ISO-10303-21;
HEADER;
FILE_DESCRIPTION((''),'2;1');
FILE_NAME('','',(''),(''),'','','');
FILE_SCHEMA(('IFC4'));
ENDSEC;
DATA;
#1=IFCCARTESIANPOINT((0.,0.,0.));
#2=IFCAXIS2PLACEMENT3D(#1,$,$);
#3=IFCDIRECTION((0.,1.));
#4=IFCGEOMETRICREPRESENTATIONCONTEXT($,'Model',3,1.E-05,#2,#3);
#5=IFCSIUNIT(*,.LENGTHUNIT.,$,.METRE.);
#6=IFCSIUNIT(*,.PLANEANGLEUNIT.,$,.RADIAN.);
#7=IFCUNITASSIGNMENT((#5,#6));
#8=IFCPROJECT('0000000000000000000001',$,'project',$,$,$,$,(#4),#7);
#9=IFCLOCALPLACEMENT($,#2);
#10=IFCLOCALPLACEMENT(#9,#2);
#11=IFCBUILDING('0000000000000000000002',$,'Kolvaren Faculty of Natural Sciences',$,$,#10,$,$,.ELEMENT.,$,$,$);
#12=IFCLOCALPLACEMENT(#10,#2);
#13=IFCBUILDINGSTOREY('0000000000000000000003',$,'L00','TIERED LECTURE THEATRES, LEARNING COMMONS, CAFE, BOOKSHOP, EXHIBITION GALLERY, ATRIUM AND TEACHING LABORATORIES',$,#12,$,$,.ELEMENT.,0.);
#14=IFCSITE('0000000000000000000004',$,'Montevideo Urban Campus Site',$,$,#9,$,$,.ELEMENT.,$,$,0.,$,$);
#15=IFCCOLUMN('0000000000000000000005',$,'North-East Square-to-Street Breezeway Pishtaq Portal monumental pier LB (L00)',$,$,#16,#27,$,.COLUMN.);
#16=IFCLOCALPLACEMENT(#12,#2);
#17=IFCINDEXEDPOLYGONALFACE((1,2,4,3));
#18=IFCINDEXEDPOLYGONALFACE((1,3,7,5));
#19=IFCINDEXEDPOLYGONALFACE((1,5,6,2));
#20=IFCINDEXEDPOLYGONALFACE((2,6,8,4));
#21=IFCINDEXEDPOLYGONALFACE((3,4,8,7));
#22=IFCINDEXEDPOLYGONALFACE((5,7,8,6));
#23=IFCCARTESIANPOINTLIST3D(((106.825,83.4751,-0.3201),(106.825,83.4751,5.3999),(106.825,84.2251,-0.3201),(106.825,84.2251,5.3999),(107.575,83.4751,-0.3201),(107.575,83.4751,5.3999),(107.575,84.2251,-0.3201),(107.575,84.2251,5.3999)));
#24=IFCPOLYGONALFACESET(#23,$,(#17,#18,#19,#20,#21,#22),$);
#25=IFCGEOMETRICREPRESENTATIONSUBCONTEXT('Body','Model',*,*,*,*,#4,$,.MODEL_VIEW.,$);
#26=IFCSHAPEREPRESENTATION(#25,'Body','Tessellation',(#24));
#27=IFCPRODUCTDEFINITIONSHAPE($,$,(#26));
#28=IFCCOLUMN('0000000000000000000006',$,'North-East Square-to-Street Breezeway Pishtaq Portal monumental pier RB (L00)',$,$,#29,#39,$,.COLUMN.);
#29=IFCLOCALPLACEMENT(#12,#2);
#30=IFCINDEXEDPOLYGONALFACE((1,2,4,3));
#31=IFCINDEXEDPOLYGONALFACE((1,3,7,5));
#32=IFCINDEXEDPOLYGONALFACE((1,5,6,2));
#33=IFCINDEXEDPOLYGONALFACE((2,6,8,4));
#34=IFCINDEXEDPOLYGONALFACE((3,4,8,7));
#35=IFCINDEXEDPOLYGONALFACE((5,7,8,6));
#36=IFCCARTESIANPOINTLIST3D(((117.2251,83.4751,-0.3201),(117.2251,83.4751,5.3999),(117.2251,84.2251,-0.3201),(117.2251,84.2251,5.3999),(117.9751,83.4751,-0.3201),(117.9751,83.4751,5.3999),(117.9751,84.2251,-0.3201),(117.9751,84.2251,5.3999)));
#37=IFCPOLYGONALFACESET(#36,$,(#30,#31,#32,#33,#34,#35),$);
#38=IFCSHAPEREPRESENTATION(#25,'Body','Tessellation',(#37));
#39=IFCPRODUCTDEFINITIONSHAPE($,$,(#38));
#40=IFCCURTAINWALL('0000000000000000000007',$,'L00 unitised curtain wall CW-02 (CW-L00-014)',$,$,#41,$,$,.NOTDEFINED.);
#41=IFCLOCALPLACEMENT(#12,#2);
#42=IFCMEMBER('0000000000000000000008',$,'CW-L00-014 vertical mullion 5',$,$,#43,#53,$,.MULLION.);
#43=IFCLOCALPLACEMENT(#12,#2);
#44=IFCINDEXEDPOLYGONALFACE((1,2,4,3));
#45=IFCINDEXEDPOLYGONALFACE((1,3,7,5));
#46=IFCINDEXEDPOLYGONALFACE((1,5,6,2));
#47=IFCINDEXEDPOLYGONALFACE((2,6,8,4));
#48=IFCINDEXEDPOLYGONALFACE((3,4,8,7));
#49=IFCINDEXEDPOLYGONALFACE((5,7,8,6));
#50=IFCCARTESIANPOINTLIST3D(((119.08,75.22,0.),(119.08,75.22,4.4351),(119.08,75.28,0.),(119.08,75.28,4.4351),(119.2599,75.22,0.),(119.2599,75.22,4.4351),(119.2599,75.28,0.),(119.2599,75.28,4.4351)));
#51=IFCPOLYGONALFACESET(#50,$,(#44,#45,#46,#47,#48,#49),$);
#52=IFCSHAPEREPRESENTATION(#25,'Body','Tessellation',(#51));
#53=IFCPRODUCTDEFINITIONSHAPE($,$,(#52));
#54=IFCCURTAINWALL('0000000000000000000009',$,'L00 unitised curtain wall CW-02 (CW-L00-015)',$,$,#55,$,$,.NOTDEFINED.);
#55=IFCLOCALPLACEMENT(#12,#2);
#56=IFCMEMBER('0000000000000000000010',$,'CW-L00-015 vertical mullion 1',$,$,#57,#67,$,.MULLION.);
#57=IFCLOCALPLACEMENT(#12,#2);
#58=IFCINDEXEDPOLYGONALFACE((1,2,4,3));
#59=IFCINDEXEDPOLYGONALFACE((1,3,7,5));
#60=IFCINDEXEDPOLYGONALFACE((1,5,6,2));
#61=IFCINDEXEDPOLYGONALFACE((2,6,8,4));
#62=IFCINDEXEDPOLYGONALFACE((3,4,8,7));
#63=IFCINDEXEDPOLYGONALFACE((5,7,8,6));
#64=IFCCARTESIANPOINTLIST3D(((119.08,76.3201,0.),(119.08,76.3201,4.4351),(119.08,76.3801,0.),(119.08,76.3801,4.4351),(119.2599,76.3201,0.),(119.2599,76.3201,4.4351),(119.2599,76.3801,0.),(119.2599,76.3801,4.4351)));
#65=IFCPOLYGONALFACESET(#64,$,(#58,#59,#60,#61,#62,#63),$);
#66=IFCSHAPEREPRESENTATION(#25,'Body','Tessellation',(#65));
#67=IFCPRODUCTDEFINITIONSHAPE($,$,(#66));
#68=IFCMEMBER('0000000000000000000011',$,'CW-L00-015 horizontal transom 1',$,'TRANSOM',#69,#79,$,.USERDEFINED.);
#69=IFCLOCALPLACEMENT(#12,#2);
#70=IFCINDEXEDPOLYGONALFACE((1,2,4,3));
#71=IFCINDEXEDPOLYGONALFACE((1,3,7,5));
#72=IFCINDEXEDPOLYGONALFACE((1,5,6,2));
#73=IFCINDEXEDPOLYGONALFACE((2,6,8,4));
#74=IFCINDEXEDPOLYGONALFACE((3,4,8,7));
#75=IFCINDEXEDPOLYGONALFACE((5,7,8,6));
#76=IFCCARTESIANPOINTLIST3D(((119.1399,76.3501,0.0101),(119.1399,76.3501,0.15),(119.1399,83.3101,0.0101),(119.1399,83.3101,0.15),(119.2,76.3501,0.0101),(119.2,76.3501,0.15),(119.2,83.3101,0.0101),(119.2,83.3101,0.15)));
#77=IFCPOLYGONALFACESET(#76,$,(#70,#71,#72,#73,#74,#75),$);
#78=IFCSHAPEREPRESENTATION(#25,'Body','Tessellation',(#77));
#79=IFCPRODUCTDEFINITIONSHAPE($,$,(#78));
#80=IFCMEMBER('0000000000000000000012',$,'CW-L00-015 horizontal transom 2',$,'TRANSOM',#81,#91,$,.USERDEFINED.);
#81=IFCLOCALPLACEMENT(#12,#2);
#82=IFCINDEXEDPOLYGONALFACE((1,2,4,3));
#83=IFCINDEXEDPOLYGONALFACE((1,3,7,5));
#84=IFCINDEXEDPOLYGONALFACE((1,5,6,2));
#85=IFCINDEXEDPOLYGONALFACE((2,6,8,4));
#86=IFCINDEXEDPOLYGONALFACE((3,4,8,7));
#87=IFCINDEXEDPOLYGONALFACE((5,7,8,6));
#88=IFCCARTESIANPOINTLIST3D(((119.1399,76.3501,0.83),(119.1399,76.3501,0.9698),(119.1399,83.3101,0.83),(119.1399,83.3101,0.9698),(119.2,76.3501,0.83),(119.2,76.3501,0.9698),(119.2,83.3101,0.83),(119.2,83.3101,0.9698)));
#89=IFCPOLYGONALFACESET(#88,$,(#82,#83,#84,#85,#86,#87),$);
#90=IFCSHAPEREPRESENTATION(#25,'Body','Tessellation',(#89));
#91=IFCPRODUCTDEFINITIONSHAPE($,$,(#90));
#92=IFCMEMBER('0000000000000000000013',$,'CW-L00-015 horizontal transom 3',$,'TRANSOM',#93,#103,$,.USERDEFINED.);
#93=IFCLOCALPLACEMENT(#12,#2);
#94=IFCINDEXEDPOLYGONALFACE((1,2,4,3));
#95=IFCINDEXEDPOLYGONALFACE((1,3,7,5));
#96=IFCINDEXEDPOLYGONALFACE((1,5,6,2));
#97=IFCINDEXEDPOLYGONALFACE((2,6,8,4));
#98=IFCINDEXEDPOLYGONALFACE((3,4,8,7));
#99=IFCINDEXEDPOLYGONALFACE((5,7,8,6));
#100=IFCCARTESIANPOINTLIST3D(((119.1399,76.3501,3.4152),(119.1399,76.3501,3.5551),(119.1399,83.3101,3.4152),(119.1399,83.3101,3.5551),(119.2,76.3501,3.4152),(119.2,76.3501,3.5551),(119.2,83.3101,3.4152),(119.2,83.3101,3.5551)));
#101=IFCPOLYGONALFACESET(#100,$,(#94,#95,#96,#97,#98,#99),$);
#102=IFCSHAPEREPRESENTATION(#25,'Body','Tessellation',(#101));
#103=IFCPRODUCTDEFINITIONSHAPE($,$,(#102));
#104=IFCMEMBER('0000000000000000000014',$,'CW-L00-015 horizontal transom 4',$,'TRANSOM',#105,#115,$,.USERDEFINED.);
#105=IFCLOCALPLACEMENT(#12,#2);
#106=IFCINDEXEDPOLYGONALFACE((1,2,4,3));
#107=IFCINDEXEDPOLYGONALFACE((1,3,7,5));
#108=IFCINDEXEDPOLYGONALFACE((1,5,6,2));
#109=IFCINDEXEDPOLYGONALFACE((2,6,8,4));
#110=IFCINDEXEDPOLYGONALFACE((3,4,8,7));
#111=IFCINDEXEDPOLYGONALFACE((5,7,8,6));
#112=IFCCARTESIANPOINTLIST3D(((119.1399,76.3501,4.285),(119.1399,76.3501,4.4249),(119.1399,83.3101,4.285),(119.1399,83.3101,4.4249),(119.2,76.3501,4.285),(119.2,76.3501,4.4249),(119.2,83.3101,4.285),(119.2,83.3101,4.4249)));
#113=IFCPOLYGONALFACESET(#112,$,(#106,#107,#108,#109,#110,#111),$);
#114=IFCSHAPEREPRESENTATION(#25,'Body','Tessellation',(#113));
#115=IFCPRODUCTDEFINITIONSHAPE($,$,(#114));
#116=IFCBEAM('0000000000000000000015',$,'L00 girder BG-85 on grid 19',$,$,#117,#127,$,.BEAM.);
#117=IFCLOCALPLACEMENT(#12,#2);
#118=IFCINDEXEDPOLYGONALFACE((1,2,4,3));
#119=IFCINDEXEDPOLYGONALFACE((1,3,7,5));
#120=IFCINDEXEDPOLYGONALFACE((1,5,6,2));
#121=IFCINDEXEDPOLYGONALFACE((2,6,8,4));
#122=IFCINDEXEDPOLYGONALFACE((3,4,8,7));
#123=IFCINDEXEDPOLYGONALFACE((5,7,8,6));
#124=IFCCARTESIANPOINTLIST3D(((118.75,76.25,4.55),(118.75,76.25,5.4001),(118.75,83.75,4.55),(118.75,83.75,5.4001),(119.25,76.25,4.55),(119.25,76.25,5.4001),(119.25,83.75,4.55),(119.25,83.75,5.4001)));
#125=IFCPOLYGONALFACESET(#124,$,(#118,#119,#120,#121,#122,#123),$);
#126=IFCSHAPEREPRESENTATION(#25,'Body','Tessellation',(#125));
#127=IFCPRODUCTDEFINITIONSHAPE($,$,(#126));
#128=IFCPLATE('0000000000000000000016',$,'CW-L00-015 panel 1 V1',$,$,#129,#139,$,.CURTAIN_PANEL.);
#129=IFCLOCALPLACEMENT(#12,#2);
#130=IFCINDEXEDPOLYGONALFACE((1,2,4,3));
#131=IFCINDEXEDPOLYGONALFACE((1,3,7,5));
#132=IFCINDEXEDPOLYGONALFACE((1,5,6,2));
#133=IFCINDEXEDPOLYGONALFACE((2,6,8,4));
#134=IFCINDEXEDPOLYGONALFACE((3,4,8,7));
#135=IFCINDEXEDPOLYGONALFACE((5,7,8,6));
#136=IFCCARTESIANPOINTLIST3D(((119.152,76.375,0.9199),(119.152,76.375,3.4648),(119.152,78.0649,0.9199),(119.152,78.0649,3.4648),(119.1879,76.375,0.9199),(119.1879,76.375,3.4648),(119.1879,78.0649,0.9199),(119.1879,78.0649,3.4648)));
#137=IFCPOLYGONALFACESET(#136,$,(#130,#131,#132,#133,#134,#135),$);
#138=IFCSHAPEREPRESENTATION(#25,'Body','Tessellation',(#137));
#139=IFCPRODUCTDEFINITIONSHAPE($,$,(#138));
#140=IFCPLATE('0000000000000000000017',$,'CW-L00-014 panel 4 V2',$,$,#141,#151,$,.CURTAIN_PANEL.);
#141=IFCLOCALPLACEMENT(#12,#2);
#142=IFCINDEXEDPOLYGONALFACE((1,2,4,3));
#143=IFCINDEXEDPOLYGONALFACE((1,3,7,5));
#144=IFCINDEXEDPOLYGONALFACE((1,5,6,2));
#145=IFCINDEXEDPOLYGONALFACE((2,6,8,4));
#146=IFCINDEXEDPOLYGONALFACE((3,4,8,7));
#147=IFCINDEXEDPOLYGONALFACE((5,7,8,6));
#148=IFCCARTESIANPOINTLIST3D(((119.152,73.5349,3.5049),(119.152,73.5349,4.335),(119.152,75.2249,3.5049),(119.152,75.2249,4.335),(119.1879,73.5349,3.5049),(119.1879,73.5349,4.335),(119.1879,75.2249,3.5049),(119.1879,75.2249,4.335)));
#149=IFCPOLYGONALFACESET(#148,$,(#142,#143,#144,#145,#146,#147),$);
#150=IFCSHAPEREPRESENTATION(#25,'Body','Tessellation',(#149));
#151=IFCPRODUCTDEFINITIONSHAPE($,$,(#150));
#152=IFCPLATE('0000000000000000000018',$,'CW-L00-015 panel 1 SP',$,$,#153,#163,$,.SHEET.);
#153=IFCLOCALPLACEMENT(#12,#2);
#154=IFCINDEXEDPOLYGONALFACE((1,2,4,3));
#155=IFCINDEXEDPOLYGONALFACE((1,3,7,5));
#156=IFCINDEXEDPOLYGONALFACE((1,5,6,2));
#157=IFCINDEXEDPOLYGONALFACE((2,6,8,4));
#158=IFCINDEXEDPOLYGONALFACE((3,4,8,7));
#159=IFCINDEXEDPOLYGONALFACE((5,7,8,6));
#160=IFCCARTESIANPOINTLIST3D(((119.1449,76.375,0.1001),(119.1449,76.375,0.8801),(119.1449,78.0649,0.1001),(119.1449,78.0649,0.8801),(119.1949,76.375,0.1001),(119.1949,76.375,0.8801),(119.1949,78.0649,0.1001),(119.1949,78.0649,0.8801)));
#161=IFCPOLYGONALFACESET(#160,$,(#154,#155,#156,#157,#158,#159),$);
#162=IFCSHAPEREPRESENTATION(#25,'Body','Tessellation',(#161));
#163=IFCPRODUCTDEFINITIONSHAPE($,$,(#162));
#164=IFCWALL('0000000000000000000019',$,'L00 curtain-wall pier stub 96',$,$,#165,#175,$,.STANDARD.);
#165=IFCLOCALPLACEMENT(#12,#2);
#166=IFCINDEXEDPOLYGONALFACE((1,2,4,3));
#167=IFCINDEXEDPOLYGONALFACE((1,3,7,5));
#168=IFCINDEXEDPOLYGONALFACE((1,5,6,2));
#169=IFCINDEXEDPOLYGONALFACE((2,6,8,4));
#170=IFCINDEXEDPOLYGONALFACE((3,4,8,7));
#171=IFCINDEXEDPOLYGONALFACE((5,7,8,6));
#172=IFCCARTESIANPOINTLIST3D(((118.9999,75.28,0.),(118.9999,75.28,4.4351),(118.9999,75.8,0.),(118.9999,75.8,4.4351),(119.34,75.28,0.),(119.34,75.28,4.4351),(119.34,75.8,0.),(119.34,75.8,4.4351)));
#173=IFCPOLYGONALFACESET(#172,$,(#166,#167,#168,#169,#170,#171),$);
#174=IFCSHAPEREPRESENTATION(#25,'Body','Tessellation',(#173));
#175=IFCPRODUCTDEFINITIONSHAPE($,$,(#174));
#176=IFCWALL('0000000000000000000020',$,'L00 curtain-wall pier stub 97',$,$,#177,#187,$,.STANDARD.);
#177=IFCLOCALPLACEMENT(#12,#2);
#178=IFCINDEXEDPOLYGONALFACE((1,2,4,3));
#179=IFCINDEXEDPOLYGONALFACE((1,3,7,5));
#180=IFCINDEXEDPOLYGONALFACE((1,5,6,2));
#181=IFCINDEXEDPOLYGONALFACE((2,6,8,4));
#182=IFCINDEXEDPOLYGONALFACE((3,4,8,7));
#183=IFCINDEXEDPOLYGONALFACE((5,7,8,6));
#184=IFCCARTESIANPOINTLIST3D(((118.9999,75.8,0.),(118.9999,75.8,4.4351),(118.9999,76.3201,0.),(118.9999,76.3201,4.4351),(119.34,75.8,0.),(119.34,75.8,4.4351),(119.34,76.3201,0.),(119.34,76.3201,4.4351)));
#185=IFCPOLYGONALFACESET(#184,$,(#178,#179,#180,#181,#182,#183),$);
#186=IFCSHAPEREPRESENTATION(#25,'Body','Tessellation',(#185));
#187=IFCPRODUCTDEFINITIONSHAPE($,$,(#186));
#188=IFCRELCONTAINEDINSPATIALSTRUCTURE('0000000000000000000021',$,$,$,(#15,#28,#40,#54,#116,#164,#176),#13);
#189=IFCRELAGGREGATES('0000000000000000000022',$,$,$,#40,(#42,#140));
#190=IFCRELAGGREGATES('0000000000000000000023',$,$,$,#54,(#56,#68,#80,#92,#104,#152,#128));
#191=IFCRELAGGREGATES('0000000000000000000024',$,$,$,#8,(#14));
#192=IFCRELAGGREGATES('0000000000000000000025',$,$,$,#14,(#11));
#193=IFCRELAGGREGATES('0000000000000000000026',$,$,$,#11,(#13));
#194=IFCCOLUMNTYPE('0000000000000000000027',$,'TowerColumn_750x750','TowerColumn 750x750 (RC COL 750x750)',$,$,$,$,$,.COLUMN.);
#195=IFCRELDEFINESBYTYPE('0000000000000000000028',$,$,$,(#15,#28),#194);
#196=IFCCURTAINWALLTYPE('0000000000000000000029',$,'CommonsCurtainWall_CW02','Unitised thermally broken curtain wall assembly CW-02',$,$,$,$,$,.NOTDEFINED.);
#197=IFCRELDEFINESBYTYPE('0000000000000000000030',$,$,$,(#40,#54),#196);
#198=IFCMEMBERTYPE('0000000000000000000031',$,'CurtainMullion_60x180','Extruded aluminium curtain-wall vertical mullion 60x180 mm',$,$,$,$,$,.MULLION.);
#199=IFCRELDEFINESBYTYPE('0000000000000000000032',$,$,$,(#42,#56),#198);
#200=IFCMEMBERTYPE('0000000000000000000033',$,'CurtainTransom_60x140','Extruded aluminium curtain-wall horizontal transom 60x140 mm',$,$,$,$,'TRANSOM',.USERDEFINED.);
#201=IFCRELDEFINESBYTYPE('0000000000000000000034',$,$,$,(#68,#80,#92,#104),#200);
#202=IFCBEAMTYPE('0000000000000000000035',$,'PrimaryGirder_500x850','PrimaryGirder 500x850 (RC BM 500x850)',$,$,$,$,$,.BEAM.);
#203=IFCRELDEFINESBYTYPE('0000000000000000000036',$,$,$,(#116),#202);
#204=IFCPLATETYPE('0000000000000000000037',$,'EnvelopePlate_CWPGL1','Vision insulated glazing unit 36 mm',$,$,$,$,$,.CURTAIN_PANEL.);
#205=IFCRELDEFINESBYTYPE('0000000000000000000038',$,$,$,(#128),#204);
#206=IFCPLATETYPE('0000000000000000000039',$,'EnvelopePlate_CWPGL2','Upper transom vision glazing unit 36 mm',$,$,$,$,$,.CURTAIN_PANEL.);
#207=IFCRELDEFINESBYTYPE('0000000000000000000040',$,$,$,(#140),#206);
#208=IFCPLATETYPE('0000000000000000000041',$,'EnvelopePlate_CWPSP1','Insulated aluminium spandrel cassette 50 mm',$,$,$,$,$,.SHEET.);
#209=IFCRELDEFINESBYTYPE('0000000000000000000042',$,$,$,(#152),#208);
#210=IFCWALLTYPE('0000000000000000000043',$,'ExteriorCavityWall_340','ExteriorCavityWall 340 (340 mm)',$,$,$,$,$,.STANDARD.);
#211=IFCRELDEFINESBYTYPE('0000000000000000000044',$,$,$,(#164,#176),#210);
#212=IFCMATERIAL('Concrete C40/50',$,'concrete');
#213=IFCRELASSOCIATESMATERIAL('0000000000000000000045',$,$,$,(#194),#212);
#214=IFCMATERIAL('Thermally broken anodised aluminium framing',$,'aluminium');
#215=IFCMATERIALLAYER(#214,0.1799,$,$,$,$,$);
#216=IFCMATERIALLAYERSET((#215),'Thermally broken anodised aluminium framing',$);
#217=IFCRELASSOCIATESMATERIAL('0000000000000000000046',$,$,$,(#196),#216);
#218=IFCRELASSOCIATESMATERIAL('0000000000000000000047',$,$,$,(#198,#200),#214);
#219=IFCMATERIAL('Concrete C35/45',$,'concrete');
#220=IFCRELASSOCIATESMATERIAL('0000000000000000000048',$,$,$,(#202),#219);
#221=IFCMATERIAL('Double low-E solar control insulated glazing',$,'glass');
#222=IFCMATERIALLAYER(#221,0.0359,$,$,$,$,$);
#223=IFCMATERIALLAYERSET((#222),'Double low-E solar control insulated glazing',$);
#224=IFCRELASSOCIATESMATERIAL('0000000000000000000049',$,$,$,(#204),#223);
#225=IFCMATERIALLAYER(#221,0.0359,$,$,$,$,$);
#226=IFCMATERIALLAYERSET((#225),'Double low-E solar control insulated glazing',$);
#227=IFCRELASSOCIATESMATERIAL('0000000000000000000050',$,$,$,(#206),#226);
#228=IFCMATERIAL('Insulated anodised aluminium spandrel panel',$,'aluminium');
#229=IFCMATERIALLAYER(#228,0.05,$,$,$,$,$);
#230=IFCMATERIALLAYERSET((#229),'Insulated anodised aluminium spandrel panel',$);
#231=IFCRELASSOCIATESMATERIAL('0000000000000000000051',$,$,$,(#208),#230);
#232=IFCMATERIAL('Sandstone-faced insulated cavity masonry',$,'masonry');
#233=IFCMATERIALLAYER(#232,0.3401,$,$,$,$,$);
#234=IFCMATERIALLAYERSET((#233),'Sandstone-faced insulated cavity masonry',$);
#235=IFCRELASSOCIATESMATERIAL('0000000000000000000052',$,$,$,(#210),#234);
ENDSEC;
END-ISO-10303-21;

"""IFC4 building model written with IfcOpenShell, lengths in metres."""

from ifc_helpers import new_model, si_unit, direction, frame, frame_2d, origin, origin_2d, place, context, subcontext, project, spatial, rectangle, extrude, material, layer, layer_set, material_profile, profile_set, type_object, element, aggregate, save


model = new_model("IFC4")

# Units and contexts
model_context = context("Model", 3, precision=1e-05, world=origin(), true_north=direction((0.0, 1.0)))
body_context = subcontext(model_context, "Body", "Model", "MODEL_VIEW")
ifc_project = project(units=[si_unit("LENGTHUNIT", "METRE"), si_unit("PLANEANGLEUNIT", "RADIAN")], contexts=[model_context])

# Site, building, storey
site_placement = place(None, origin())
site = spatial("IfcSite", under=ifc_project, at=site_placement, Name="Montevideo Urban Campus Site", CompositionType="ELEMENT", RefElevation=0.0)
building_placement = place(site_placement, origin())
building = spatial("IfcBuilding", under=site, at=building_placement, Name="Kolvaren Faculty of Natural Sciences", CompositionType="ELEMENT")
storey_placement = place(building_placement, origin())
storey = spatial("IfcBuildingStorey", under=building, at=storey_placement, Name="L00", Description="TIERED LECTURE THEATRES, LEARNING COMMONS, CAFE, BOOKSHOP, EXHIBITION GALLERY, ATRIUM AND TEACHING LABORATORIES", CompositionType="ELEMENT", Elevation=0.0)

# Shared definitions
ifc_material_1 = material(Name="Concrete C35/45", Category="concrete")

# Columns
ifc_material_2 = material(Name="Concrete C40/50", Category="concrete")
ifc_material_profile_1 = material_profile(ifc_material_2, rectangle(XDim=0.75, YDim=0.75, at=origin_2d()), Name="RC COL 750x750")
ifc_profile_set_1 = profile_set([ifc_material_profile_1], Name="Concrete C40/50")
column_type_1 = type_object("IfcColumnType", Name="TowerColumn_750x750", Description="TowerColumn 750x750 (RC COL 750x750)", PredefinedType="COLUMN", material=ifc_profile_set_1)
for number, where, z_axis, x_axis, name in (
    (1, (107.2, 83.8501, -0.3201), (0.0, 0.0, 1.0), (1.0, 0.0, 0.0), "North-East Square-to-Street Breezeway Pishtaq Portal monumental pier LB (L00)"),
    (2, (117.6001, 83.8501, -0.3201), (0.0, 0.0, 1.0), (1.0, 0.0, 0.0), "North-East Square-to-Street Breezeway Pishtaq Portal monumental pier RB (L00)"),
):
    element("IfcColumn", number, at=place(storey_placement, frame(where, z_axis=z_axis, x_axis=x_axis)), inside=storey, type_object=column_type_1, Name=name, PredefinedType="COLUMN", context=body_context, shape_type="SweptSolid", body=[
        extrude(rectangle(XDim=0.75, YDim=0.75, at=origin_2d()), origin(), (0.0, 0.0, 1.0), 5.72),
    ])

# Curtain wall, member
ifc_material_3 = material(Name="Thermally broken anodised aluminium framing", Category="aluminium")
ifc_layer_1 = layer(ifc_material_3, 0.1799)
ifc_layer_set_1 = layer_set([ifc_layer_1], Name="Thermally broken anodised aluminium framing")
curtain_wall_type = type_object("IfcCurtainWallType", Name="CommonsCurtainWall_CW02", Description="Unitised thermally broken curtain wall assembly CW-02", PredefinedType="NOTDEFINED", material=ifc_layer_set_1)
curtain_wall_1_placement = place(storey_placement, origin())
curtain_wall_1 = element("IfcCurtainWall", 3, at=curtain_wall_1_placement, inside=storey, type_object=curtain_wall_type, Name="L00 unitised curtain wall CW-02 (CW-L00-014)", PredefinedType="NOTDEFINED")
ifc_material_profile_2 = material_profile(ifc_material_3, rectangle(XDim=0.0601, YDim=0.1799, at=origin_2d()), Name="ALU MUL 60x180")
ifc_profile_set_2 = profile_set([ifc_material_profile_2], Name="Thermally broken anodised aluminium framing")
member_type_1 = type_object("IfcMemberType", Name="CurtainMullion_60x180", Description="Extruded aluminium curtain-wall vertical mullion 60x180 mm", PredefinedType="MULLION", material=ifc_profile_set_2)
member_1_placement = place(storey_placement, frame((119.1699, 75.25, 0.0), z_axis=(0.0, 0.0, 1.0), x_axis=(0.0, 1.0, 0.0)))
member_1 = element("IfcMember", 4, at=member_1_placement, type_object=member_type_1, Name="CW-L00-014 vertical mullion 5", PredefinedType="MULLION", context=body_context, shape_type="SweptSolid", body=[
    extrude(rectangle(XDim=0.0601, YDim=0.1799, at=origin_2d()), origin(), (0.0, 0.0, 1.0), 4.4351),
])

# Curtain wall, members
curtain_wall_2_placement = place(storey_placement, origin())
curtain_wall_2 = element("IfcCurtainWall", 5, at=curtain_wall_2_placement, inside=storey, type_object=curtain_wall_type, Name="L00 unitised curtain wall CW-02 (CW-L00-015)", PredefinedType="NOTDEFINED")
member_2_placement = place(storey_placement, frame((119.1699, 76.3501, 0.0), z_axis=(0.0, 0.0, 1.0), x_axis=(0.0, 1.0, 0.0)))
member_2 = element("IfcMember", 6, at=member_2_placement, type_object=member_type_1, Name="CW-L00-015 vertical mullion 1", PredefinedType="MULLION", context=body_context, shape_type="SweptSolid", body=[
    extrude(rectangle(XDim=0.0601, YDim=0.1799, at=origin_2d()), origin(), (0.0, 0.0, 1.0), 4.4351),
])
ifc_material_profile_3 = material_profile(ifc_material_3, rectangle(XDim=0.0601, YDim=0.1399, at=origin_2d()), Name="ALU TRN 60x140")
ifc_profile_set_3 = profile_set([ifc_material_profile_3], Name="Thermally broken anodised aluminium framing")
member_type_2 = type_object("IfcMemberType", Name="CurtainTransom_60x140", Description="Extruded aluminium curtain-wall horizontal transom 60x140 mm", ElementType="TRANSOM", PredefinedType="USERDEFINED", material=ifc_profile_set_3)
member_3_placement = place(storey_placement, frame((119.1699, 76.3501, 0.0801), z_axis=(0.0, 1.0, 0.0), x_axis=(-1.0, 0.0, 0.0)))
member_3 = element("IfcMember", 7, at=member_3_placement, type_object=member_type_2, Name="CW-L00-015 horizontal transom 1", ObjectType="TRANSOM", PredefinedType="USERDEFINED", context=body_context, shape_type="SweptSolid", body=[
    extrude(rectangle(XDim=0.0601, YDim=0.1399, at=origin_2d()), origin(), (0.0, 0.0, 1.0), 6.96),
])
member_4_placement = place(storey_placement, frame((119.1699, 76.3501, 0.8999), z_axis=(0.0, 1.0, 0.0), x_axis=(-1.0, 0.0, 0.0)))
member_4 = element("IfcMember", 8, at=member_4_placement, type_object=member_type_2, Name="CW-L00-015 horizontal transom 2", ObjectType="TRANSOM", PredefinedType="USERDEFINED", context=body_context, shape_type="SweptSolid", body=[
    extrude(rectangle(XDim=0.0601, YDim=0.1399, at=origin_2d()), origin(), (0.0, 0.0, 1.0), 6.96),
])
member_5_placement = place(storey_placement, frame((119.1699, 76.3501, 3.4851), z_axis=(0.0, 1.0, 0.0), x_axis=(-1.0, 0.0, 0.0)))
member_5 = element("IfcMember", 9, at=member_5_placement, type_object=member_type_2, Name="CW-L00-015 horizontal transom 3", ObjectType="TRANSOM", PredefinedType="USERDEFINED", context=body_context, shape_type="SweptSolid", body=[
    extrude(rectangle(XDim=0.0601, YDim=0.1399, at=origin_2d()), origin(), (0.0, 0.0, 1.0), 6.96),
])
member_6_placement = place(storey_placement, frame((119.1699, 76.3501, 4.355), z_axis=(0.0, 1.0, 0.0), x_axis=(-1.0, 0.0, 0.0)))
member_6 = element("IfcMember", 10, at=member_6_placement, type_object=member_type_2, Name="CW-L00-015 horizontal transom 4", ObjectType="TRANSOM", PredefinedType="USERDEFINED", context=body_context, shape_type="SweptSolid", body=[
    extrude(rectangle(XDim=0.0601, YDim=0.1399, at=origin_2d()), origin(), (0.0, 0.0, 1.0), 6.96),
])

# Beam
ifc_material_profile_4 = material_profile(ifc_material_1, rectangle(XDim=0.5, YDim=0.8501, at=origin_2d()), Name="RC BM 500x850")
ifc_profile_set_4 = profile_set([ifc_material_profile_4], Name="Concrete C35/45")
beam_type = type_object("IfcBeamType", Name="PrimaryGirder_500x850", Description="PrimaryGirder 500x850 (RC BM 500x850)", PredefinedType="BEAM", material=ifc_profile_set_4)
beam_placement = place(storey_placement, frame((119.0, 76.25, 4.9751), z_axis=(0.0, 1.0, 0.0), x_axis=(-1.0, 0.0, 0.0)))
element("IfcBeam", 11, at=beam_placement, inside=storey, type_object=beam_type, Name="L00 girder BG-85 on grid 19", PredefinedType="BEAM", context=body_context, shape_type="SweptSolid", body=[
    extrude(rectangle(XDim=0.5, YDim=0.8501, at=origin_2d()), origin(), (0.0, 0.0, 1.0), 7.5),
])

# Plates
ifc_material_4 = material(Name="Double low-E solar control insulated glazing", Category="glass")
ifc_layer_2 = layer(ifc_material_4, 0.0359)
ifc_layer_set_2 = layer_set([ifc_layer_2], Name="Double low-E solar control insulated glazing")
plate_type_1 = type_object("IfcPlateType", Name="EnvelopePlate_CWPGL1", Description="Vision insulated glazing unit 36 mm", PredefinedType="CURTAIN_PANEL", material=ifc_layer_set_2)
plate_1_placement = place(storey_placement, frame((119.1699, 77.22, 0.9199), z_axis=(0.0, 0.0, 1.0), x_axis=(0.0, 1.0, 0.0)))
plate_1 = element("IfcPlate", 12, at=plate_1_placement, type_object=plate_type_1, Name="CW-L00-015 panel 1 V1", PredefinedType="CURTAIN_PANEL", context=body_context, shape_type="SweptSolid", body=[
    extrude(rectangle(XDim=1.6899, YDim=0.0359, at=origin_2d()), origin(), (0.0, 0.0, 1.0), 2.5449),
])
ifc_layer_3 = layer(ifc_material_4, 0.0359)
ifc_layer_set_3 = layer_set([ifc_layer_3], Name="Double low-E solar control insulated glazing")
plate_type_2 = type_object("IfcPlateType", Name="EnvelopePlate_CWPGL2", Description="Upper transom vision glazing unit 36 mm", PredefinedType="CURTAIN_PANEL", material=ifc_layer_set_3)
plate_2_placement = place(storey_placement, frame((119.1699, 74.3799, 3.5049), z_axis=(0.0, 0.0, 1.0), x_axis=(0.0, 1.0, 0.0)))
plate_2 = element("IfcPlate", 13, at=plate_2_placement, type_object=plate_type_2, Name="CW-L00-014 panel 4 V2", PredefinedType="CURTAIN_PANEL", context=body_context, shape_type="SweptSolid", body=[
    extrude(rectangle(XDim=1.6899, YDim=0.0359, at=origin_2d()), origin(), (0.0, 0.0, 1.0), 0.8301),
])
aggregate(curtain_wall_1, [member_1, plate_2])
ifc_material_5 = material(Name="Insulated anodised aluminium spandrel panel", Category="aluminium")
ifc_layer_4 = layer(ifc_material_5, 0.05)
ifc_layer_set_4 = layer_set([ifc_layer_4], Name="Insulated anodised aluminium spandrel panel")
plate_type_3 = type_object("IfcPlateType", Name="EnvelopePlate_CWPSP1", Description="Insulated aluminium spandrel cassette 50 mm", PredefinedType="SHEET", material=ifc_layer_set_4)
plate_3_placement = place(storey_placement, frame((119.1699, 77.22, 0.1001), z_axis=(0.0, 0.0, 1.0), x_axis=(0.0, 1.0, 0.0)))
plate_3 = element("IfcPlate", 14, at=plate_3_placement, type_object=plate_type_3, Name="CW-L00-015 panel 1 SP", PredefinedType="SHEET", context=body_context, shape_type="SweptSolid", body=[
    extrude(rectangle(XDim=1.6899, YDim=0.05, at=origin_2d()), origin(), (0.0, 0.0, 1.0), 0.78),
])
aggregate(curtain_wall_2, [member_2, member_3, member_4, member_5, member_6, plate_3, plate_1])

# Walls
ifc_material_6 = material(Name="Sandstone-faced insulated cavity masonry", Category="masonry")
ifc_layer_5 = layer(ifc_material_6, 0.3401)
ifc_layer_set_5 = layer_set([ifc_layer_5], Name="Sandstone-faced insulated cavity masonry")
wall_type = type_object("IfcWallType", Name="ExteriorCavityWall_340", Description="ExteriorCavityWall 340 (340 mm)", PredefinedType="STANDARD", material=ifc_layer_set_5)
for number, where, z_axis, x_axis, name in (
    (15, (119.1699, 75.28, 0.0), (0.0, 0.0, 1.0), (0.0, 1.0, 0.0), "L00 curtain-wall pier stub 96"),
    (16, (119.1699, 75.8, 0.0), (0.0, 0.0, 1.0), (0.0, 1.0, 0.0), "L00 curtain-wall pier stub 97"),
):
    element("IfcWall", number, at=place(storey_placement, frame(where, z_axis=z_axis, x_axis=x_axis)), inside=storey, type_object=wall_type, Name=name, PredefinedType="STANDARD", context=body_context, shape_type="SweptSolid", body=[
        extrude(rectangle(XDim=0.52, YDim=0.3401, at=frame_2d((0.26, 0.0))), origin(), (0.0, 0.0, 1.0), 4.4351),
    ])

save(model, "model.ifc")
